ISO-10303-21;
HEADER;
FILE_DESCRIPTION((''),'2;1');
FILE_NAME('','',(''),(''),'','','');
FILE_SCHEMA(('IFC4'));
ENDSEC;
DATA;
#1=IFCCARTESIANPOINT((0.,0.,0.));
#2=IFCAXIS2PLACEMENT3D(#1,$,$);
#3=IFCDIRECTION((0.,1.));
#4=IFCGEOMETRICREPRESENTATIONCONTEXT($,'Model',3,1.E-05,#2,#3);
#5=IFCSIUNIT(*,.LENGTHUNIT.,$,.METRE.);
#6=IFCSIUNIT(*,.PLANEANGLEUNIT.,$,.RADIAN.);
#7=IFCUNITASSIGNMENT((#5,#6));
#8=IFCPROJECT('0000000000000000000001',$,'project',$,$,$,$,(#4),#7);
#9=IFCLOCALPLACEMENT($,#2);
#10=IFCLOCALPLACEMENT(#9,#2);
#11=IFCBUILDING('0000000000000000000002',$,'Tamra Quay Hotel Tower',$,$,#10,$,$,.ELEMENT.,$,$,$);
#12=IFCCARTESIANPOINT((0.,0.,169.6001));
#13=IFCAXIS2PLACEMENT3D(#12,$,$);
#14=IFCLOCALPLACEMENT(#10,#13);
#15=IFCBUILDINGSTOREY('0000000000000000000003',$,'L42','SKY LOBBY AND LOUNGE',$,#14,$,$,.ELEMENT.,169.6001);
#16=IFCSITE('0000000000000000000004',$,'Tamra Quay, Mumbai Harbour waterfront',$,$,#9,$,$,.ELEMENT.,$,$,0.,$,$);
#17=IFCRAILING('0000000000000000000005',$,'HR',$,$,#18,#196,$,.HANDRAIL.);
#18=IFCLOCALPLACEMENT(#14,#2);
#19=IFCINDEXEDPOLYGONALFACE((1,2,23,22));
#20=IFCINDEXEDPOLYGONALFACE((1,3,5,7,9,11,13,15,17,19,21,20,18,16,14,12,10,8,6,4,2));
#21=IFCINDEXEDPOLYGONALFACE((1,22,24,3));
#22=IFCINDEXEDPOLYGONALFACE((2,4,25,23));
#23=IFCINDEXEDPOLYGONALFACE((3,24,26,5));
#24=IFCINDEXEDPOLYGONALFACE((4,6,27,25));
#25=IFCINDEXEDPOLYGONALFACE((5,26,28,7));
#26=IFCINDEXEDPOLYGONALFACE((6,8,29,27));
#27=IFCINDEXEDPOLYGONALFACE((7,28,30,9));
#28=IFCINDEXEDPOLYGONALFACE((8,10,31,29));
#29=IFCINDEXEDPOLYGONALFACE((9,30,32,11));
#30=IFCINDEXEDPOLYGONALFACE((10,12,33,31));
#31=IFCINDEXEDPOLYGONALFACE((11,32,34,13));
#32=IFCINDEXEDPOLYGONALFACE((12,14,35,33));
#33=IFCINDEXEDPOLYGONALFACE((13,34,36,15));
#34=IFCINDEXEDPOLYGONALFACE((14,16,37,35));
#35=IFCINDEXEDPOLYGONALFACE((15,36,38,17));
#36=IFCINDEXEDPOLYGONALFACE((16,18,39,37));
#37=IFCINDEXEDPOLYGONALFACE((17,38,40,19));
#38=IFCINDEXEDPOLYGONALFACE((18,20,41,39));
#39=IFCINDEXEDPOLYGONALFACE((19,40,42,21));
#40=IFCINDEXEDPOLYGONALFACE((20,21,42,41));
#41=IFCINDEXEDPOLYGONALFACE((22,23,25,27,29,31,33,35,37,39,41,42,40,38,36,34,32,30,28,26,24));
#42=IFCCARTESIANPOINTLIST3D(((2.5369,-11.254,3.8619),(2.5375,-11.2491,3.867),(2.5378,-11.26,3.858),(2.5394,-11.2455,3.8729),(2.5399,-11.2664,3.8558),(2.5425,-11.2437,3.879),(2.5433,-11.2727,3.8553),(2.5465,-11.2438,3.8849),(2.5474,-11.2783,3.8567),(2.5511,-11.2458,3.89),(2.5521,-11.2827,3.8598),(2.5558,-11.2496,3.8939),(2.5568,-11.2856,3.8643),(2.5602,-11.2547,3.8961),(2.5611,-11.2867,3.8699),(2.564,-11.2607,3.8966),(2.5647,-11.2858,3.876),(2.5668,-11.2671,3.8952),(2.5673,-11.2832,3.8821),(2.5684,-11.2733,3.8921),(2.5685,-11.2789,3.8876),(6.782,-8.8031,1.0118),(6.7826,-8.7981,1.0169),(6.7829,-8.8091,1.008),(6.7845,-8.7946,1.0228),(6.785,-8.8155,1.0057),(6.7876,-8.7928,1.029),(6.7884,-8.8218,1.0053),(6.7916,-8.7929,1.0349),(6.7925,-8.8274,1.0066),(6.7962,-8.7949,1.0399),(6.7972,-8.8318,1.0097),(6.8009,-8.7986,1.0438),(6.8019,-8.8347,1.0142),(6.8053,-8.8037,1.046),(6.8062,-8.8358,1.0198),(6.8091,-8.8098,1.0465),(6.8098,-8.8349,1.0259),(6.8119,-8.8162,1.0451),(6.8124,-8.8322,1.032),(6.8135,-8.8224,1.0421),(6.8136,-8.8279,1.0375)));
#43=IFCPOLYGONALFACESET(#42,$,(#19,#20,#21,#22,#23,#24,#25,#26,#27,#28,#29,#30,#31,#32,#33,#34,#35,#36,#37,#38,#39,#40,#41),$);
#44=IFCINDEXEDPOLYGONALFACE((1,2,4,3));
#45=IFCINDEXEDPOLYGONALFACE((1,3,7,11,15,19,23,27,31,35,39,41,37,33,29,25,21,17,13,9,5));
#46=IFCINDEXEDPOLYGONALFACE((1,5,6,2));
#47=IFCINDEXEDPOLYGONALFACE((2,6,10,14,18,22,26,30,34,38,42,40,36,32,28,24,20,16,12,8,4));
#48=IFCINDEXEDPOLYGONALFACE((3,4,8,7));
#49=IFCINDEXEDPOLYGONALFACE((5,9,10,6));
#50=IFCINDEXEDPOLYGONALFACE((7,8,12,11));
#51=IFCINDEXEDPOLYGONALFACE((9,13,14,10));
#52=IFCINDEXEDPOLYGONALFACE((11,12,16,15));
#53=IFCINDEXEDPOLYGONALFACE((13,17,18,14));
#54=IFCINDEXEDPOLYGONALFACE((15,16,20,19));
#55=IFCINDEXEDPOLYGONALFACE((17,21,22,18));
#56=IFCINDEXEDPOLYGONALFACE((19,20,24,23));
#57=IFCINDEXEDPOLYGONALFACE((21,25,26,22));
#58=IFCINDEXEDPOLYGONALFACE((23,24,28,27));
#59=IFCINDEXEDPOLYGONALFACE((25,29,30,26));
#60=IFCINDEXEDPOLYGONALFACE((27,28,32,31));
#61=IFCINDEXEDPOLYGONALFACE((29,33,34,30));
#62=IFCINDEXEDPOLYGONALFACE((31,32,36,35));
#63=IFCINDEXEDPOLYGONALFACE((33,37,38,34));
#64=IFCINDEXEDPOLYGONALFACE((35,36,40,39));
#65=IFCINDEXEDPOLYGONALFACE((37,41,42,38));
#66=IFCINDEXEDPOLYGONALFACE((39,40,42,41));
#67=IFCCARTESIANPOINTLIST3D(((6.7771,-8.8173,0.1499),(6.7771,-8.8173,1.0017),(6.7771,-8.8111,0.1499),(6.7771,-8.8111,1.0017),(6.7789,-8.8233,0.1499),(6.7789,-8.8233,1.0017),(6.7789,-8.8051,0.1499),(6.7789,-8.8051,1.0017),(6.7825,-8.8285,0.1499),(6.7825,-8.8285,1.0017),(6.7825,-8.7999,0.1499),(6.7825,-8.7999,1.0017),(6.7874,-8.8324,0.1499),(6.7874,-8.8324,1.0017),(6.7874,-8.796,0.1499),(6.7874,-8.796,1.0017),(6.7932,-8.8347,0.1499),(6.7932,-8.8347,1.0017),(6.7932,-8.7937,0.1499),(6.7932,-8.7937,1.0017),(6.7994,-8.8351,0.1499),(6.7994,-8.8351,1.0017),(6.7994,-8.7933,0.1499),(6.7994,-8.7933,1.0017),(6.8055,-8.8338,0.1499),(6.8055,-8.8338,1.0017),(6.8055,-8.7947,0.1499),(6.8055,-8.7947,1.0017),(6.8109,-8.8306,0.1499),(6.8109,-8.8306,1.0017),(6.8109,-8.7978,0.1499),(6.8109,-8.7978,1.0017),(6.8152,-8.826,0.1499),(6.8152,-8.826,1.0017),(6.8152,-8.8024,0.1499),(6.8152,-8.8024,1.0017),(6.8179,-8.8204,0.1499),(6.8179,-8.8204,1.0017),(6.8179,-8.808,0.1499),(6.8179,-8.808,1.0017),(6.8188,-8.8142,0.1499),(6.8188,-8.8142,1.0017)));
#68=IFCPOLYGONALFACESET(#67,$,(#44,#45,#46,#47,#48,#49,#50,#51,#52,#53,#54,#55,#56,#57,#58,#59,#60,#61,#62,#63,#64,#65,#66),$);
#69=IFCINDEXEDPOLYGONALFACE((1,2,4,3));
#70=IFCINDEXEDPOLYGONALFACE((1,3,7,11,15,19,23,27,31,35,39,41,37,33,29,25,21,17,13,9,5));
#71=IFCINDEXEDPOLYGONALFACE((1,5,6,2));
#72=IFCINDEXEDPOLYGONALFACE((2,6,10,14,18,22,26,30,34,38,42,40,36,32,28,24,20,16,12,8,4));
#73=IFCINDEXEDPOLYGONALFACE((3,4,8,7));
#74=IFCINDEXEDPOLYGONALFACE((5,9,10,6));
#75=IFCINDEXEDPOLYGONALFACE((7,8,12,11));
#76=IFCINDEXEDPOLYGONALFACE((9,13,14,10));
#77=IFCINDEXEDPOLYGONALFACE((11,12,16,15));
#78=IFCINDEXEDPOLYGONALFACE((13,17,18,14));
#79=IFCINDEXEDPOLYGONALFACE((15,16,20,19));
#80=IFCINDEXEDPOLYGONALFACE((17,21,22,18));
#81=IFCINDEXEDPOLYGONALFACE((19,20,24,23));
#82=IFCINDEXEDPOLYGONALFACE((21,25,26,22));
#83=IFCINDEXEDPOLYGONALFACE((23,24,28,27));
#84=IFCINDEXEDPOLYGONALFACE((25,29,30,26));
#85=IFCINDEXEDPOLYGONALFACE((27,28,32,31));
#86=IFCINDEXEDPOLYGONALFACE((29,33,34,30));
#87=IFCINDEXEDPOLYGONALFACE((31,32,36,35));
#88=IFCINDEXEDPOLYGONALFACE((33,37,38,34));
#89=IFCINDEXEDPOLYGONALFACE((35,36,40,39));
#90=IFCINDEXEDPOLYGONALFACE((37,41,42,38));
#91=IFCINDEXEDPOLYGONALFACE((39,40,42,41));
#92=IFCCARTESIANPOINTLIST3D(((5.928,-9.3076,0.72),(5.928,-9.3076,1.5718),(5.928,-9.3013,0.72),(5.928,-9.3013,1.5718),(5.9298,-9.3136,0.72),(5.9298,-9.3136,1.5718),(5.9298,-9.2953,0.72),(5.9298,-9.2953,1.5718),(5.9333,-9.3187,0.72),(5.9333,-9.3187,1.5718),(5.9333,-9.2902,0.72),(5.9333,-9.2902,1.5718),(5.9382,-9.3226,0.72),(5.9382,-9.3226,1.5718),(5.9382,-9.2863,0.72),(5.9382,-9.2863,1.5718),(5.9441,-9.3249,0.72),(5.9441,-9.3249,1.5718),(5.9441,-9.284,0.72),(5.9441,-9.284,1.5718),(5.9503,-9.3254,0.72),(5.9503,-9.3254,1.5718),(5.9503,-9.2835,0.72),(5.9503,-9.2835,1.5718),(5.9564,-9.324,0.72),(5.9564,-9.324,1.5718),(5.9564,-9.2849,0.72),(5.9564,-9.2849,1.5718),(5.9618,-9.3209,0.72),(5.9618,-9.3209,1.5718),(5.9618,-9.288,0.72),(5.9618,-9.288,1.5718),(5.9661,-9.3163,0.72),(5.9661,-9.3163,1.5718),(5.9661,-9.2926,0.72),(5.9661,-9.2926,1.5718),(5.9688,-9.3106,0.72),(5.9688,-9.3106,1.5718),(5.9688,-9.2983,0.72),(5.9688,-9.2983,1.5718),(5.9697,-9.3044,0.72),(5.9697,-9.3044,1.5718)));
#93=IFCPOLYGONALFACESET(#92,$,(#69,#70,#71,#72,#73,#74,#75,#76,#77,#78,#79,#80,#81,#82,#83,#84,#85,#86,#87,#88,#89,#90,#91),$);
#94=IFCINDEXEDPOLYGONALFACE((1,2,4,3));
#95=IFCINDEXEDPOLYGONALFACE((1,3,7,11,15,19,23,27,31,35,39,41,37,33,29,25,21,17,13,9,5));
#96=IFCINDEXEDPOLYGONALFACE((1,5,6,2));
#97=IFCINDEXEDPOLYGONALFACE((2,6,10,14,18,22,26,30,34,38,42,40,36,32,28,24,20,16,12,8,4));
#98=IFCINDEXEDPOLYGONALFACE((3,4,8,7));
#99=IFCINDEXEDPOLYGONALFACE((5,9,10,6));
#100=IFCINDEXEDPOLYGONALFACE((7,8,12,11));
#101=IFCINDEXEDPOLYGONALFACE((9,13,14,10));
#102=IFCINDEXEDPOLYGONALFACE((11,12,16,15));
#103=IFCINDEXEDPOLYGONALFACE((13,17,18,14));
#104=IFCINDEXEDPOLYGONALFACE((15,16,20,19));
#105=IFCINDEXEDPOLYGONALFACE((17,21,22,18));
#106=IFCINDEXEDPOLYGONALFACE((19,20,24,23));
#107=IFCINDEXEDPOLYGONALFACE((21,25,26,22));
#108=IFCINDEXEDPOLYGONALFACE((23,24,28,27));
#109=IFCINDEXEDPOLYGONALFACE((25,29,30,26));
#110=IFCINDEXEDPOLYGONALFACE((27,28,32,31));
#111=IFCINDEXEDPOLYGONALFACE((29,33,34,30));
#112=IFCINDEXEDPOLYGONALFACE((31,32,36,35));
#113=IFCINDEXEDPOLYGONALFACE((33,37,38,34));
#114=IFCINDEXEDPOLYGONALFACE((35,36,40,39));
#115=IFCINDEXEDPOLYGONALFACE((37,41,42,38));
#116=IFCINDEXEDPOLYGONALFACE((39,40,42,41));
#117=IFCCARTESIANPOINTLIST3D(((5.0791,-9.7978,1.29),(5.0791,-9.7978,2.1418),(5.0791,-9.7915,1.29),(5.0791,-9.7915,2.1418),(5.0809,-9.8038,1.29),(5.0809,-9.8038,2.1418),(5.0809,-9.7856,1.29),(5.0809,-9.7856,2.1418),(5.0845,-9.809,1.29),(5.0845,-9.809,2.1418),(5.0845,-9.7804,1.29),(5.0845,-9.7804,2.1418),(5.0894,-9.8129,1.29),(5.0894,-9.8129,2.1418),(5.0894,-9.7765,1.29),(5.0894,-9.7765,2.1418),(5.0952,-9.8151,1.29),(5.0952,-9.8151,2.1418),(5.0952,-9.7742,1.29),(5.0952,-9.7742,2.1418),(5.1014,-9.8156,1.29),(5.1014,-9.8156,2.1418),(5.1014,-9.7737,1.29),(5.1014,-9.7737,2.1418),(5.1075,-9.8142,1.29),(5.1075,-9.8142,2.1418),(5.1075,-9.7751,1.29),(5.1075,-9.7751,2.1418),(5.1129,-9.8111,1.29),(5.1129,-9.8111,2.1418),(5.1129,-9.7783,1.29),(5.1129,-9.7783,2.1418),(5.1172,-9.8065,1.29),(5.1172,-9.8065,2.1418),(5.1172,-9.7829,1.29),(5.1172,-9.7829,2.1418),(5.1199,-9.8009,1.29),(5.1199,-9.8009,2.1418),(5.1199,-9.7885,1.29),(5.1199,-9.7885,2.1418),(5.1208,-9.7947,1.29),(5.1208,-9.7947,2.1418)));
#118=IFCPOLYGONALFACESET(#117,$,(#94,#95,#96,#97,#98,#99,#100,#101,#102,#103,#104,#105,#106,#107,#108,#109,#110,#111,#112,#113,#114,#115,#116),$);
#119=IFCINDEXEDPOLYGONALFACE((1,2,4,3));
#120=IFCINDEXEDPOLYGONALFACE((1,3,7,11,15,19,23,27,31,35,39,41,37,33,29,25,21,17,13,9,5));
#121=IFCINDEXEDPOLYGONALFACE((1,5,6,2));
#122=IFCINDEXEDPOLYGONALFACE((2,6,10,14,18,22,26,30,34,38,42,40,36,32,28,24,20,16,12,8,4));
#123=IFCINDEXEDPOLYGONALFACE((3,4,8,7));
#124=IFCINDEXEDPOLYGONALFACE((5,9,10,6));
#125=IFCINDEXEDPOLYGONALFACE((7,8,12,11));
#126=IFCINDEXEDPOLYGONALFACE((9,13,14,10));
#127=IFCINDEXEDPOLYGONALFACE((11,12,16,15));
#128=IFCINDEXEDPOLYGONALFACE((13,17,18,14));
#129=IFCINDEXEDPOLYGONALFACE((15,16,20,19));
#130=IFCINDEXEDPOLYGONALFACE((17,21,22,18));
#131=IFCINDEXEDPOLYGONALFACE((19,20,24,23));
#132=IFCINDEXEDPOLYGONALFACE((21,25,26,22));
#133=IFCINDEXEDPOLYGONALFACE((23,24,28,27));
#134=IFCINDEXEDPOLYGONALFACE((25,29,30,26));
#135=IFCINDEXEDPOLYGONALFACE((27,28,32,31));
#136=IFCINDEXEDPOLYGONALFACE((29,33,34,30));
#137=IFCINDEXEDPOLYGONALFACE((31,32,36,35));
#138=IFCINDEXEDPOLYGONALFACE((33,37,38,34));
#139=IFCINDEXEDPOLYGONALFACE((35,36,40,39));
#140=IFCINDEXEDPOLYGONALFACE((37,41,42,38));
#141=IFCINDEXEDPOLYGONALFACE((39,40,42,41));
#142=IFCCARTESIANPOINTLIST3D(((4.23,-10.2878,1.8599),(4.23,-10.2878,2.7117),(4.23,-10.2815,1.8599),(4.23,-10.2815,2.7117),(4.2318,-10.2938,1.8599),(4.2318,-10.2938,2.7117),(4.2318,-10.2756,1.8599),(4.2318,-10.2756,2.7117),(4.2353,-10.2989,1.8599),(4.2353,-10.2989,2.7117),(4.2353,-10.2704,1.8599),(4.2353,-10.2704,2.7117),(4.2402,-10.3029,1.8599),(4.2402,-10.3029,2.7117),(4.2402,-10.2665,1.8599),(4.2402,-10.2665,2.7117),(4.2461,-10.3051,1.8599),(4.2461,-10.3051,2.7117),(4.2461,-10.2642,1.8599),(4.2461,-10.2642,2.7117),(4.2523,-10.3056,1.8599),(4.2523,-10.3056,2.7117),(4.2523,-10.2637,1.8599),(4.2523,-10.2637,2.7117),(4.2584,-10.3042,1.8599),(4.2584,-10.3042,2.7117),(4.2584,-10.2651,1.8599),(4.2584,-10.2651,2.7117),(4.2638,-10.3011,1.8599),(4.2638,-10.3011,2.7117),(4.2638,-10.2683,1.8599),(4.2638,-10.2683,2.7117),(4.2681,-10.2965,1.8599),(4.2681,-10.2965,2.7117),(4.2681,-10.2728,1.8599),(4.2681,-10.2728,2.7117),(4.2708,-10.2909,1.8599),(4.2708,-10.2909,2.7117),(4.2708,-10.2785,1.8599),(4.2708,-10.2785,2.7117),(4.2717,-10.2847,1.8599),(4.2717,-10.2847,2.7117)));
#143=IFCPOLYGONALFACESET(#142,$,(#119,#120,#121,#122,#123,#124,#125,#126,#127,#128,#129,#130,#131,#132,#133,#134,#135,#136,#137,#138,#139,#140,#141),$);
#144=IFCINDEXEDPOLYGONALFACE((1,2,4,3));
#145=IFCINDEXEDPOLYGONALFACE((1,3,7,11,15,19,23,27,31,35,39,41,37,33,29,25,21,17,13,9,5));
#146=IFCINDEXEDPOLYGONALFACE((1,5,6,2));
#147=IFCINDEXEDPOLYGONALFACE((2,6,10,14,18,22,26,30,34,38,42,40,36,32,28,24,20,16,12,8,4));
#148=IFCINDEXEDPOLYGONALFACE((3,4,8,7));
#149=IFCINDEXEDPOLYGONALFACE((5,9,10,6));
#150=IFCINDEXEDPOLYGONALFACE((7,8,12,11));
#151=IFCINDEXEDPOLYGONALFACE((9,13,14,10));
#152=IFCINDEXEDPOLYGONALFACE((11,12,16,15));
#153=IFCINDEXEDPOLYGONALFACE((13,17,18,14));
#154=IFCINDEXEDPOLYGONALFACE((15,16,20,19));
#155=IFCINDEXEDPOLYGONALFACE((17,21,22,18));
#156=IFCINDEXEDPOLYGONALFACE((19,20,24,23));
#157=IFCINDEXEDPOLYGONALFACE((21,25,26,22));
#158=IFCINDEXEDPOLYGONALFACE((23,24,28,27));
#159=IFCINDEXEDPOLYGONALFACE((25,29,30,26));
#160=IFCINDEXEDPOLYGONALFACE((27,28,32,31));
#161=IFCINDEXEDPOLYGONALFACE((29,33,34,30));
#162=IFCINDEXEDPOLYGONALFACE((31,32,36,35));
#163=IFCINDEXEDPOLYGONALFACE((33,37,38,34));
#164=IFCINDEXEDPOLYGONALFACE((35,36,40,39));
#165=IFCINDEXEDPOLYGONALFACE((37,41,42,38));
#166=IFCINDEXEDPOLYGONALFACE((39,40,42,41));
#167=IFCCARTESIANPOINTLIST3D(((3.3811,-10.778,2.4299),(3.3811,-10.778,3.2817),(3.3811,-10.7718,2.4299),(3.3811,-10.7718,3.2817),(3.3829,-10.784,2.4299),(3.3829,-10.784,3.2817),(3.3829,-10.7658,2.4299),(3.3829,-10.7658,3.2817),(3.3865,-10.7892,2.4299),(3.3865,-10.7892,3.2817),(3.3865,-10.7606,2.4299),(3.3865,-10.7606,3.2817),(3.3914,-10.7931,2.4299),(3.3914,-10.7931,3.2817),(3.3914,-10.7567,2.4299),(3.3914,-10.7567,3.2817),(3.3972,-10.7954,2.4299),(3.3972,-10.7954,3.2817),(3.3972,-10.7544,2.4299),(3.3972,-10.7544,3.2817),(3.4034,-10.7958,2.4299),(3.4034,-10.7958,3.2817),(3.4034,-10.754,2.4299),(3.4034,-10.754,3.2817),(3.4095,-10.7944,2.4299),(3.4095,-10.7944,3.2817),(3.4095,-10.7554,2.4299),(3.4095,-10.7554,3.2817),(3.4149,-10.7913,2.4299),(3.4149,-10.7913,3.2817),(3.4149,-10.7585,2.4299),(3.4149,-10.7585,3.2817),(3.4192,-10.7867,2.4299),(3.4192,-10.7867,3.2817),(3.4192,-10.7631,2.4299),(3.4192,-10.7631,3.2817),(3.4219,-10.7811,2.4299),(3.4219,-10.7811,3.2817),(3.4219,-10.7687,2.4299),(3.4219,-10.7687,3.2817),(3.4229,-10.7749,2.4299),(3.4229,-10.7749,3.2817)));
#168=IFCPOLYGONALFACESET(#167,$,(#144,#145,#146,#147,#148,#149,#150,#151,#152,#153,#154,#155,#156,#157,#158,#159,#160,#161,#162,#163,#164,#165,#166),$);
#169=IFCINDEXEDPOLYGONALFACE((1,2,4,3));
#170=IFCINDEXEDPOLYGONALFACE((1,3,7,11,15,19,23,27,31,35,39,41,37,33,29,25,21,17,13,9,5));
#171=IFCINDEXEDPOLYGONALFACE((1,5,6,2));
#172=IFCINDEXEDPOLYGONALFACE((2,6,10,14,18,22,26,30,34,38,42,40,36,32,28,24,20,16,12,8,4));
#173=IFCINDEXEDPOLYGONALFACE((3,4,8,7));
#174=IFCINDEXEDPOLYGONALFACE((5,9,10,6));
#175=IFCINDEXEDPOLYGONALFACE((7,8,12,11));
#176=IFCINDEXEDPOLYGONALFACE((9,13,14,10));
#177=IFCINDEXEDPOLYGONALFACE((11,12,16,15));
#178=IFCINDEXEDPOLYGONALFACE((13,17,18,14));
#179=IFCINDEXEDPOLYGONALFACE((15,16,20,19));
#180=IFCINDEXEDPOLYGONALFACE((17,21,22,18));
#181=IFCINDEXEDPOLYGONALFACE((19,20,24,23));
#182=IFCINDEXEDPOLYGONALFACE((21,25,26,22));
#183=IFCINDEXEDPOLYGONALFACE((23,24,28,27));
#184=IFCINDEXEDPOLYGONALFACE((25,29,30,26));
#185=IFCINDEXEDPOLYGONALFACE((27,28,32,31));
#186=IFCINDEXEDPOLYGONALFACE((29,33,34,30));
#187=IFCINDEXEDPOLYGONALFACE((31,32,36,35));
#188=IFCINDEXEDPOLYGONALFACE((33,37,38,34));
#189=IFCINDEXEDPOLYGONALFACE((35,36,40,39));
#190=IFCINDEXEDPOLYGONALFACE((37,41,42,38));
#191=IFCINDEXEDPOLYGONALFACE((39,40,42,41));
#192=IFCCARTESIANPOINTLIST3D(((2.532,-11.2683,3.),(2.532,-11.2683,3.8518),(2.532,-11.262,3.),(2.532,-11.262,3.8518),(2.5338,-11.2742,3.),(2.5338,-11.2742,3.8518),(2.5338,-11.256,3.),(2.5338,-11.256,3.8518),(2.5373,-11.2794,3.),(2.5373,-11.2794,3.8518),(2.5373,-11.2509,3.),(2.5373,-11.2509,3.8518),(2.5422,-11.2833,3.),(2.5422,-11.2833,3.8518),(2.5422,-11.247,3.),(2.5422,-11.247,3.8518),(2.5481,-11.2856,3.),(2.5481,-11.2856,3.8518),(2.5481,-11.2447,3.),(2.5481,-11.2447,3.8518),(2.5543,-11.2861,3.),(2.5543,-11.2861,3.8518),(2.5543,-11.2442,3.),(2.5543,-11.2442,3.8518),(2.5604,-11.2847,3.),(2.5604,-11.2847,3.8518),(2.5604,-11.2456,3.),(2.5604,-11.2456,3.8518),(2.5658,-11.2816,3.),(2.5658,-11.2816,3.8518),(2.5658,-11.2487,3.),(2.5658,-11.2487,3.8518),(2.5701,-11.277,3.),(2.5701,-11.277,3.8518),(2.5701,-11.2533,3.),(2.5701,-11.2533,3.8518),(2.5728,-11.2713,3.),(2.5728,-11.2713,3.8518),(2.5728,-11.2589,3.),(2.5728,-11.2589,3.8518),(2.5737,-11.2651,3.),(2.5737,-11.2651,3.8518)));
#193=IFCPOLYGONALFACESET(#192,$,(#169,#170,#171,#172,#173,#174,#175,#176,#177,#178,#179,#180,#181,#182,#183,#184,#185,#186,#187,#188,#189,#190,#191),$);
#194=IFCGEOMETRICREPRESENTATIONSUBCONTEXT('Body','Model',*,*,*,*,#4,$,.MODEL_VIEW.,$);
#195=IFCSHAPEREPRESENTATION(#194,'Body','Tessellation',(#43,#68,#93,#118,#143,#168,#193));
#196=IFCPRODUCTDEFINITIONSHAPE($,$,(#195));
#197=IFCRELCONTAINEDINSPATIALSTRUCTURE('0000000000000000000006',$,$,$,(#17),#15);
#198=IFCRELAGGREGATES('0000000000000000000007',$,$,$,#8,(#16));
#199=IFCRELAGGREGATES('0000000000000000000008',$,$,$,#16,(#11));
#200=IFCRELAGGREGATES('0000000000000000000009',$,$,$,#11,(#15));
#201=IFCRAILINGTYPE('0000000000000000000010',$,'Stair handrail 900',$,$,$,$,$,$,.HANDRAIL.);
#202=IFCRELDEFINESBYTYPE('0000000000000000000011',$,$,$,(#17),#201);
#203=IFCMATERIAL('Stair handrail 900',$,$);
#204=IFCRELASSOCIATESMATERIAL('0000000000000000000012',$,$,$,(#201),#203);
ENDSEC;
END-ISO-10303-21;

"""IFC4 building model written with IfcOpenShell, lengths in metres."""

from ifc_helpers import new_model, si_unit, direction, frame, origin, origin_2d, place, context, subcontext, project, spatial, circle, extrude, material, type_object, element, save


model = new_model("IFC4")

# Units and contexts
model_context = context("Model", 3, precision=1e-05, world=origin(), true_north=direction((0.0, 1.0)))
body_context = subcontext(model_context, "Body", "Model", "MODEL_VIEW")
ifc_project = project(units=[si_unit("LENGTHUNIT", "METRE"), si_unit("PLANEANGLEUNIT", "RADIAN")], contexts=[model_context])

# Site, building, storey
site_placement = place(None, origin())
site = spatial("IfcSite", under=ifc_project, at=site_placement, Name="Tamra Quay, Mumbai Harbour waterfront", CompositionType="ELEMENT", RefElevation=0.0)
building_placement = place(site_placement, origin())
building = spatial("IfcBuilding", under=site, at=building_placement, Name="Tamra Quay Hotel Tower", CompositionType="ELEMENT")
storey_placement = place(building_placement, frame((0.0, 0.0, 169.6001)))
storey = spatial("IfcBuildingStorey", under=building, at=storey_placement, Name="L42", Description="SKY LOBBY AND LOUNGE", CompositionType="ELEMENT", Elevation=169.6001)

# Railing
ifc_material_1 = material(Name="Stair handrail 900")
railing_type = type_object("IfcRailingType", Name="Stair handrail 900", PredefinedType="HANDRAIL", material=ifc_material_1)
railing_placement = place(storey_placement, frame((6.7979, -8.8142, 0.1499)))
element("IfcRailing", 1, at=railing_placement, inside=storey, type_object=railing_type, Name="HR", PredefinedType="HANDRAIL", context=body_context, shape_type="SweptSolid", body=[
    extrude(circle(Radius=0.0239, at=origin_2d()), frame((0.0, 0.0, 0.876), z_axis=(-0.748672, -0.432247, 0.502645), x_axis=(0.500001, -0.866025, 0.0)), (0.0, 0.0, 1.0), 5.6702),
    extrude(circle(Radius=0.021, at=origin_2d()), origin(), (0.0, 0.0, 1.0), 0.8518),
    extrude(circle(Radius=0.021, at=origin_2d()), frame((-0.8491, -0.4902, 0.5701)), (0.0, 0.0, 1.0), 0.8518),
    extrude(circle(Radius=0.021, at=origin_2d()), frame((-1.698, -0.9805, 1.1401)), (0.0, 0.0, 1.0), 0.8518),
    extrude(circle(Radius=0.021, at=origin_2d()), frame((-2.5471, -1.4705, 1.71)), (0.0, 0.0, 1.0), 0.8518),
    extrude(circle(Radius=0.021, at=origin_2d()), frame((-3.396, -1.9607, 2.28)), (0.0, 0.0, 1.0), 0.8518),
    extrude(circle(Radius=0.021, at=origin_2d()), frame((-4.2451, -2.4509, 2.8501)), (0.0, 0.0, 1.0), 0.8518),
])

save(model, "model.ifc")
